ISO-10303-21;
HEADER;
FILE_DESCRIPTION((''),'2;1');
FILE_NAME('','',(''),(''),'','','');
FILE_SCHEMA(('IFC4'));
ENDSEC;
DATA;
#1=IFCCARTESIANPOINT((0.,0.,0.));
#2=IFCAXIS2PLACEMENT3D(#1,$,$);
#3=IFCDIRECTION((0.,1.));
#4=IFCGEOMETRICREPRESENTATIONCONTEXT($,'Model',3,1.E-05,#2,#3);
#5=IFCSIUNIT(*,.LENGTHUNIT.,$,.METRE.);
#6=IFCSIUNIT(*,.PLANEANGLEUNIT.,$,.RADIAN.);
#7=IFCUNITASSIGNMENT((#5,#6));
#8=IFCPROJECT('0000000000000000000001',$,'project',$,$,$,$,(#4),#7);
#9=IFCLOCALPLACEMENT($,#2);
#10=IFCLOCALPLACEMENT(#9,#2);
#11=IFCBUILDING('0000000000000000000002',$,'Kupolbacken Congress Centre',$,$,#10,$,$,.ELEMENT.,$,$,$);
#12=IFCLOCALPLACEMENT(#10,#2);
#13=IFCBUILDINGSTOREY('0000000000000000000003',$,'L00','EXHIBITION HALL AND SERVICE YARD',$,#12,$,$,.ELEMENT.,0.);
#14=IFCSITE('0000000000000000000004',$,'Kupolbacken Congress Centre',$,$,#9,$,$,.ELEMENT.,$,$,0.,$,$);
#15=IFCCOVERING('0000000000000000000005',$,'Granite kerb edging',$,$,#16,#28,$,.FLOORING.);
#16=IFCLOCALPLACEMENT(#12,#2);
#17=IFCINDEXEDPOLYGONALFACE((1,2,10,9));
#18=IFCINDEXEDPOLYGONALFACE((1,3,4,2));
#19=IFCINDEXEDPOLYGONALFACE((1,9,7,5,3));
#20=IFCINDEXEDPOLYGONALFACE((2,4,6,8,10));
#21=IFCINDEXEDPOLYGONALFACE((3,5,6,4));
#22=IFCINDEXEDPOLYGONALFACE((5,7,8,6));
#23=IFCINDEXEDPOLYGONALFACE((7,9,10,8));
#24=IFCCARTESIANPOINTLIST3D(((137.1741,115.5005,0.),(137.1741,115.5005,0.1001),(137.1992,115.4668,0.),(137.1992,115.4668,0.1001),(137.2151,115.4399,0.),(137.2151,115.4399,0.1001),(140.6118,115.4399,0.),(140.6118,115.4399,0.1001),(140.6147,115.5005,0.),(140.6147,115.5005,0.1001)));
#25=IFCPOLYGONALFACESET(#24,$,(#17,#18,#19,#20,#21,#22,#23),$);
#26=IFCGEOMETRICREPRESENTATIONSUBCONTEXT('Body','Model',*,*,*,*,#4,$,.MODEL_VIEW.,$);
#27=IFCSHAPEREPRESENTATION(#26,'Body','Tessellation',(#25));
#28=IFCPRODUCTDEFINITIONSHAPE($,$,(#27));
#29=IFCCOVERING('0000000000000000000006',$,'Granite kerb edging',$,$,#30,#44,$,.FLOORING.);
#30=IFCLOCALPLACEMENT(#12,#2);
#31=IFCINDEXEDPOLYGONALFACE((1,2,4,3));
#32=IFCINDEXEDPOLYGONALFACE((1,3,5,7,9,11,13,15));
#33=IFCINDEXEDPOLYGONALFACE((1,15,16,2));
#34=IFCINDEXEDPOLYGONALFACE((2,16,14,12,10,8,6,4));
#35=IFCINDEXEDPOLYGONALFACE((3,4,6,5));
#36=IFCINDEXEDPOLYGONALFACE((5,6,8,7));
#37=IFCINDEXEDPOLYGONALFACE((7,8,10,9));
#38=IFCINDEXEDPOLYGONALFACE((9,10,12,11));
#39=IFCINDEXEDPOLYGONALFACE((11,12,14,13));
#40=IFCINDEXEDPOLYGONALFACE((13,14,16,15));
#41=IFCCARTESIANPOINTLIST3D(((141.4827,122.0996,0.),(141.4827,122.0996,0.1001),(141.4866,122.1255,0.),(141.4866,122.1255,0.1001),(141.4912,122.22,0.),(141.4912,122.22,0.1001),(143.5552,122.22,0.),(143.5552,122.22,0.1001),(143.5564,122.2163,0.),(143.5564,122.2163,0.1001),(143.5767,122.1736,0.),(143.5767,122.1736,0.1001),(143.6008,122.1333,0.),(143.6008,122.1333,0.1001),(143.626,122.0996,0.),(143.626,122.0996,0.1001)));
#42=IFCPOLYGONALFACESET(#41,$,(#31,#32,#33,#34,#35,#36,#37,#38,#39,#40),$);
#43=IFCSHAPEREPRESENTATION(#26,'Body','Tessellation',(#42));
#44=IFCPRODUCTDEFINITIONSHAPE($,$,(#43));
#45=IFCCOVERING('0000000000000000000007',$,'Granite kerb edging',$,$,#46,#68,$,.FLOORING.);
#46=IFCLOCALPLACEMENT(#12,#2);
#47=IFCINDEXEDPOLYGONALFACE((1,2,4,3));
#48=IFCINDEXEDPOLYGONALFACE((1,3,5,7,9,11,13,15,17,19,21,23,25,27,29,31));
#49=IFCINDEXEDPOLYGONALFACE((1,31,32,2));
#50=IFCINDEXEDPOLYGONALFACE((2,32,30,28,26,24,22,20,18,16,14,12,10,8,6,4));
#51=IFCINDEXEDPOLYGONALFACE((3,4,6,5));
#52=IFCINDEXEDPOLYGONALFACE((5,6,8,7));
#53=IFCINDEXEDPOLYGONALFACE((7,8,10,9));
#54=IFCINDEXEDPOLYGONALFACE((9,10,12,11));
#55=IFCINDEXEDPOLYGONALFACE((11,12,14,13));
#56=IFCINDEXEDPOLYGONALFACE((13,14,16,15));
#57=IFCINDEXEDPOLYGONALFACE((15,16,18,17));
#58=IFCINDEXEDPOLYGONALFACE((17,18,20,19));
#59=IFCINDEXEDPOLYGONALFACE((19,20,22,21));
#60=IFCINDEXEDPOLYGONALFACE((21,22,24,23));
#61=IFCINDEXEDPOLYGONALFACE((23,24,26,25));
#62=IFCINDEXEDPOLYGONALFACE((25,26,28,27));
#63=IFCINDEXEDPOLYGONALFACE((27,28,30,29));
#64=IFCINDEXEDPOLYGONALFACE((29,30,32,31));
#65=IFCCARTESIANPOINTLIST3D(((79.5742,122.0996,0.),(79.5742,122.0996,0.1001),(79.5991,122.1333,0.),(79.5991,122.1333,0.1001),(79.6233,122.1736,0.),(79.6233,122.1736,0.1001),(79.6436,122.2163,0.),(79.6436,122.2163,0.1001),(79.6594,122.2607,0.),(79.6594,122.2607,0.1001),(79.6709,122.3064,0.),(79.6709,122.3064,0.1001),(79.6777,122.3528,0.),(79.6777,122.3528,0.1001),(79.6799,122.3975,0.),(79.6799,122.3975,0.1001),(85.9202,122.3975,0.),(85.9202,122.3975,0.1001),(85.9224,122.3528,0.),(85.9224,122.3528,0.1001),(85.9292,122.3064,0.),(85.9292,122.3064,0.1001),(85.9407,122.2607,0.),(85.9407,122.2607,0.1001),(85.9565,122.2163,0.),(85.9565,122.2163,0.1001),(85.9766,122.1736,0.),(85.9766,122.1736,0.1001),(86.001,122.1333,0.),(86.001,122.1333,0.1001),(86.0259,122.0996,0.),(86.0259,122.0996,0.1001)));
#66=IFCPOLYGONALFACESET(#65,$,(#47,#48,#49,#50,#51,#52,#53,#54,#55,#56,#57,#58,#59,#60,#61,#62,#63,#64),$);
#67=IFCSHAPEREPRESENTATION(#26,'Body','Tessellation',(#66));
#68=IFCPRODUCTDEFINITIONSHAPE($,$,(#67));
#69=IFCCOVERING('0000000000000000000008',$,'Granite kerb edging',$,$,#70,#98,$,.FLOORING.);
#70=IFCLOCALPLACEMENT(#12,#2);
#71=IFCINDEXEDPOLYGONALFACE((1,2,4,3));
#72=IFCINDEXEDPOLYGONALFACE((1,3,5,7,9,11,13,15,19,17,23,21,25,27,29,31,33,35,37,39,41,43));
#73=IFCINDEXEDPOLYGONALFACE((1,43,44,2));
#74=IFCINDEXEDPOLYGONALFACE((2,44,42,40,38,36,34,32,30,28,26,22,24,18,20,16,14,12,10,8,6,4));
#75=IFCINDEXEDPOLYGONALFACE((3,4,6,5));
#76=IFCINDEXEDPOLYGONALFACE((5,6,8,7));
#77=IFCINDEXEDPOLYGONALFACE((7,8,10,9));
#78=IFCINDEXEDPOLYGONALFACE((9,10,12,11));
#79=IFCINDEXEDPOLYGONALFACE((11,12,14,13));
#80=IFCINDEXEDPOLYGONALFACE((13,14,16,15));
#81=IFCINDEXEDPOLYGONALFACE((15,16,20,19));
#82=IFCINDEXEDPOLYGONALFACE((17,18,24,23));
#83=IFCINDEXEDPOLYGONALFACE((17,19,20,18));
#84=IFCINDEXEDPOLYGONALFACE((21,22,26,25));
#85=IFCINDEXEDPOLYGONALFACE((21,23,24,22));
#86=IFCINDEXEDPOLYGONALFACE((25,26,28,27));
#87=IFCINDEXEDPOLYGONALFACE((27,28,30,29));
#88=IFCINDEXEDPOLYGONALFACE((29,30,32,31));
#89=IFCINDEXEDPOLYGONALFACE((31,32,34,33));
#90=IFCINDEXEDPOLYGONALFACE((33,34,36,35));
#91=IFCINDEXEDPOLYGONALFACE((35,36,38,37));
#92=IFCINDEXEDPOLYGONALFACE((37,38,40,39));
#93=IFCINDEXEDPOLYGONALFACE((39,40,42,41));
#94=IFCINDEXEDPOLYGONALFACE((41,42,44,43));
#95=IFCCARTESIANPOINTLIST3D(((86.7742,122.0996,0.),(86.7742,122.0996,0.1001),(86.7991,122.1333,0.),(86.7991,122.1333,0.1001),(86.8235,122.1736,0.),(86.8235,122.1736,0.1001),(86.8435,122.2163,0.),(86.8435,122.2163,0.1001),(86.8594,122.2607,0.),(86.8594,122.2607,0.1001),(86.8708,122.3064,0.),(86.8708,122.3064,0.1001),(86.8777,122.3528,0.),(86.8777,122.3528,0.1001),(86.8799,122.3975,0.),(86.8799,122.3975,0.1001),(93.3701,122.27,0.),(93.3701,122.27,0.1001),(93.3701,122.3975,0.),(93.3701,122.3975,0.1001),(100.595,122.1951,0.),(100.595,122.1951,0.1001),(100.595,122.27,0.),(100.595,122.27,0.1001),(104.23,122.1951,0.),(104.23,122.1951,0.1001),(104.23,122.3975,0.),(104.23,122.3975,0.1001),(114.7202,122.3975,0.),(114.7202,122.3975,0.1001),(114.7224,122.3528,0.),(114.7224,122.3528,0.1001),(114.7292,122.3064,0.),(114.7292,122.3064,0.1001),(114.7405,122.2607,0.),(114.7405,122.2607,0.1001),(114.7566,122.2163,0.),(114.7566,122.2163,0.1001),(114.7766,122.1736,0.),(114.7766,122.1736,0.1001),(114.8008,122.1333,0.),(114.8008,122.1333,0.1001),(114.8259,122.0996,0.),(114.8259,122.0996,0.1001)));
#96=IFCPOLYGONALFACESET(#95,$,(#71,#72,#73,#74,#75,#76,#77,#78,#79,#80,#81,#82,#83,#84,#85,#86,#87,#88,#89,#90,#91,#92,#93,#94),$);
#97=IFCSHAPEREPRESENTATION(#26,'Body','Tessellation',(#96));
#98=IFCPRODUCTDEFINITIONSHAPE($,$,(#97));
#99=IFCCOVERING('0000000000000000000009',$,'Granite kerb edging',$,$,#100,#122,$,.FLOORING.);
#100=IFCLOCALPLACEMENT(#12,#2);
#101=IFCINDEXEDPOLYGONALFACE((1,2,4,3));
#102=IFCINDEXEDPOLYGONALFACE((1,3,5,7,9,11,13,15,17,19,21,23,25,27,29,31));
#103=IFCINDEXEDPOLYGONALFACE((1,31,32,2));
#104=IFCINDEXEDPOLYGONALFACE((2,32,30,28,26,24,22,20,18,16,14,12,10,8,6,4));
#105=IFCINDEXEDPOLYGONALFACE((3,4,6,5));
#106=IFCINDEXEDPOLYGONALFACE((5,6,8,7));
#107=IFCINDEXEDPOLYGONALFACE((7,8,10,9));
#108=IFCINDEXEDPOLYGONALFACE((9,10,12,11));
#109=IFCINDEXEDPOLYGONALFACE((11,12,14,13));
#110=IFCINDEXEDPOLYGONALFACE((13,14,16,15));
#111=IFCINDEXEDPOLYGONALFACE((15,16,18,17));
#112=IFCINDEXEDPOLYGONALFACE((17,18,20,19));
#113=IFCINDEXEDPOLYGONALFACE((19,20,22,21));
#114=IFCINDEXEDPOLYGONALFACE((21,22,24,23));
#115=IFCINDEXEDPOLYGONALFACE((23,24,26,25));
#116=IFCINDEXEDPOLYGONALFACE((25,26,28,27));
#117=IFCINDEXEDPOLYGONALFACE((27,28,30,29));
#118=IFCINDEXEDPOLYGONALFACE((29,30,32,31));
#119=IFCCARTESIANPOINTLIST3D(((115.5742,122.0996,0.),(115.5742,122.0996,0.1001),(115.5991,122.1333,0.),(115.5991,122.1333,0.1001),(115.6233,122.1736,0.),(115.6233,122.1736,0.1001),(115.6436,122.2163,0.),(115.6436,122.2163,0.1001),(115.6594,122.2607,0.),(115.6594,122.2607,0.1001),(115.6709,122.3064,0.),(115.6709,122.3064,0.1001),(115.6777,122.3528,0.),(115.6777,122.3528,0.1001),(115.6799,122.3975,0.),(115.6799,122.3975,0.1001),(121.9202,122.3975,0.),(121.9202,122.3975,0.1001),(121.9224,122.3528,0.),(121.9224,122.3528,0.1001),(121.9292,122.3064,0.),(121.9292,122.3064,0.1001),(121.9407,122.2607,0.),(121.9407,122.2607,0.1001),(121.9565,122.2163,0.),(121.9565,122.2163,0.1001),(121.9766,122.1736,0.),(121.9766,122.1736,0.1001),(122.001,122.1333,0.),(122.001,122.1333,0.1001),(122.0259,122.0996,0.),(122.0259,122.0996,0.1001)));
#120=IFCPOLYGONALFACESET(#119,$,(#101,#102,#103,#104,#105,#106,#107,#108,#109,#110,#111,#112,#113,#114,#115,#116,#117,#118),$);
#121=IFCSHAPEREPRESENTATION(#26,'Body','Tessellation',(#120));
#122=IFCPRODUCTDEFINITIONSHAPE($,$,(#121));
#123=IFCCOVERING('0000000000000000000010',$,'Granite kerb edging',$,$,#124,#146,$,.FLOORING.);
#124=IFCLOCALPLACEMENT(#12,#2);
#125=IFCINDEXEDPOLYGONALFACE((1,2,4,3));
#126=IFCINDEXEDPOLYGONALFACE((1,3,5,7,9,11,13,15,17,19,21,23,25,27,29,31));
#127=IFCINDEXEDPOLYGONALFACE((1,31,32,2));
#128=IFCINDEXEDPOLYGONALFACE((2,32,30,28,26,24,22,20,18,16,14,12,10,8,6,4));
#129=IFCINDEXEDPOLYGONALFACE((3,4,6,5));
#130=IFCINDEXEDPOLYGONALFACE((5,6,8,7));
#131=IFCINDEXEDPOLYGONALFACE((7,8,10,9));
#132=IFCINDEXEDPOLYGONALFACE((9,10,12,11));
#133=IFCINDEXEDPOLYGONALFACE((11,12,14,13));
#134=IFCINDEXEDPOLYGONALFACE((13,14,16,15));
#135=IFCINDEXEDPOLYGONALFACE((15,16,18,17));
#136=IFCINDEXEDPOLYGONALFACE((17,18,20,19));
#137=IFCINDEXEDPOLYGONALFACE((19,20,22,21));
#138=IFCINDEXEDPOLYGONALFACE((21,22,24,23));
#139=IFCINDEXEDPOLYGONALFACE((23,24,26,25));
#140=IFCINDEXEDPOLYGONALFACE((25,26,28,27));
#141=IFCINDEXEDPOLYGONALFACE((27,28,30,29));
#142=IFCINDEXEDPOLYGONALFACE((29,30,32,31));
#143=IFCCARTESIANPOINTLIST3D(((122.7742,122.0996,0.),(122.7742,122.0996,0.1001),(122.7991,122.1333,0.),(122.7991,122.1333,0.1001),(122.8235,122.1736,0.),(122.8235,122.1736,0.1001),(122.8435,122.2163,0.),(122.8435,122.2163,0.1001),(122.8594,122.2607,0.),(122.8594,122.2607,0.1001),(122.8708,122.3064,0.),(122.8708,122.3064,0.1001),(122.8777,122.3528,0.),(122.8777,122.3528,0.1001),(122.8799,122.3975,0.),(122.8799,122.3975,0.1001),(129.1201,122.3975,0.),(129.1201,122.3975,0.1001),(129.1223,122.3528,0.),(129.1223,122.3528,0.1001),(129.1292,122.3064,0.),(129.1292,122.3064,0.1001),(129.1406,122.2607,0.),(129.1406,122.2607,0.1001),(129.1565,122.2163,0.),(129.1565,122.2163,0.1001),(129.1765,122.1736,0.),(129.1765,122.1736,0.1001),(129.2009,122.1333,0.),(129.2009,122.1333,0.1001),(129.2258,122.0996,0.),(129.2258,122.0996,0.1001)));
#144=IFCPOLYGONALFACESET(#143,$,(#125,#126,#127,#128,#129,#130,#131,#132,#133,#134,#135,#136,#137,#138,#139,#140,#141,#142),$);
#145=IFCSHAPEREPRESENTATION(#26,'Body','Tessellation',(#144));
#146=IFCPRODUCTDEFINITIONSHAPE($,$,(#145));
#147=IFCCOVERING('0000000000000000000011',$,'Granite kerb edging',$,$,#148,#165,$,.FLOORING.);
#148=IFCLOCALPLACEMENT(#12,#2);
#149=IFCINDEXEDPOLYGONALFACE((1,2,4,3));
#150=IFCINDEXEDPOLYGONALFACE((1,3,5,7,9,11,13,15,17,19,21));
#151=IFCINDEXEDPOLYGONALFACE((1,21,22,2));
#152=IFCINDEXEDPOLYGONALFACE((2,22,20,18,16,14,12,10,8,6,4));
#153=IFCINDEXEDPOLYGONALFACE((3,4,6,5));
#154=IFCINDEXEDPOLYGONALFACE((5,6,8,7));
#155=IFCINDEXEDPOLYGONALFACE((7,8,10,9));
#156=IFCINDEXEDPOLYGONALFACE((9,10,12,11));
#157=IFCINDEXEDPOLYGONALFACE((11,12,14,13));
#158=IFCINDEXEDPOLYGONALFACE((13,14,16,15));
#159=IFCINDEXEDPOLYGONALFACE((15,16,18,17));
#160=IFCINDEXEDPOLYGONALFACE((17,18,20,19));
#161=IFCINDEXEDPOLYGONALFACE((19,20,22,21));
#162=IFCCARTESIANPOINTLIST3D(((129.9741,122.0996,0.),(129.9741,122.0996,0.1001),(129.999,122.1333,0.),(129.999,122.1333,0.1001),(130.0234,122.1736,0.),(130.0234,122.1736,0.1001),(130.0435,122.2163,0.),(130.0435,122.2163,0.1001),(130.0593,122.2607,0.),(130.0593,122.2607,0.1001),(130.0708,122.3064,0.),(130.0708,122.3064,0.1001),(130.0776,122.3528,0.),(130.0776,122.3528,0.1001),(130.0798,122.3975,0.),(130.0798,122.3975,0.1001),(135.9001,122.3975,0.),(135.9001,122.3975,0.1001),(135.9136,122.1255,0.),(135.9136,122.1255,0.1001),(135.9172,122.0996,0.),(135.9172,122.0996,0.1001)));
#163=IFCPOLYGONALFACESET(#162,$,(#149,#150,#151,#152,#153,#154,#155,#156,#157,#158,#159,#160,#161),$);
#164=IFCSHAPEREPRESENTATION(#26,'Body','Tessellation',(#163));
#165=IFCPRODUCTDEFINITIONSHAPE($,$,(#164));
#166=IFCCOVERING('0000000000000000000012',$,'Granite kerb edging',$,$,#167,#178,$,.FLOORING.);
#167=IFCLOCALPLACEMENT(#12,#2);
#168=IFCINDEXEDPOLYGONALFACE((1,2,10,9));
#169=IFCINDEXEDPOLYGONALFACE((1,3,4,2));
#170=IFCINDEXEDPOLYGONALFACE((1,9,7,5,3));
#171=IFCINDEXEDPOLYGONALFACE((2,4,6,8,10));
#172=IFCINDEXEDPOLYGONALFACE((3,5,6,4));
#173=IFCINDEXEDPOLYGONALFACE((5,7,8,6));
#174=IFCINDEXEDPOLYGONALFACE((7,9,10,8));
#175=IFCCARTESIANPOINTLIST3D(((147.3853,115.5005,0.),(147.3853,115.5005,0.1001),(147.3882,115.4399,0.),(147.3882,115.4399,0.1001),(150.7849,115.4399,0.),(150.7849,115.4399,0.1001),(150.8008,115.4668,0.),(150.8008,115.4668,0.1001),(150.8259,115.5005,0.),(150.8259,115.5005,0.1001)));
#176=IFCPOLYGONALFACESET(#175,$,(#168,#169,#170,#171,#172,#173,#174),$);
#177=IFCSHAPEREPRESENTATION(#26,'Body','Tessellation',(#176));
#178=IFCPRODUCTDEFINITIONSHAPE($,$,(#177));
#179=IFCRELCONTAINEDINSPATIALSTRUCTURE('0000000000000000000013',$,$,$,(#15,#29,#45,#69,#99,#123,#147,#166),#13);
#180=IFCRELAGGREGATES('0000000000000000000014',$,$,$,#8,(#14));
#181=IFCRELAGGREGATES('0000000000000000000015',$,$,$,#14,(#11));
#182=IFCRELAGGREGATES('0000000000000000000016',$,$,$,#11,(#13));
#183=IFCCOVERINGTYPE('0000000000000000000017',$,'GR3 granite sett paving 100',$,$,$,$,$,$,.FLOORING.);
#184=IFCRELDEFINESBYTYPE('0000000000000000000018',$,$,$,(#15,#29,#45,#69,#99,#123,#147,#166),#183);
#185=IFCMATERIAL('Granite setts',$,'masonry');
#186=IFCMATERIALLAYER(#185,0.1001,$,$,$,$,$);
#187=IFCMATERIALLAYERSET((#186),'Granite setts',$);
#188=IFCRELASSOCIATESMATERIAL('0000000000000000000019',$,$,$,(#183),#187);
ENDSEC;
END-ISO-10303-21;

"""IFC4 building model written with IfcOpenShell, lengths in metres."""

from ifc_helpers import new_model, si_unit, direction, origin, place, context, subcontext, project, spatial, polyline, outline, extrude, material, layer, layer_set, type_object, element, save


model = new_model("IFC4")

# Units and contexts
model_context = context("Model", 3, precision=1e-05, world=origin(), true_north=direction((0.0, 1.0)))
body_context = subcontext(model_context, "Body", "Model", "MODEL_VIEW")
ifc_project = project(units=[si_unit("LENGTHUNIT", "METRE"), si_unit("PLANEANGLEUNIT", "RADIAN")], contexts=[model_context])

# Site, building, storey
site_placement = place(None, origin())
site = spatial("IfcSite", under=ifc_project, at=site_placement, Name="Kupolbacken Congress Centre", CompositionType="ELEMENT", RefElevation=0.0)
building_placement = place(site_placement, origin())
building = spatial("IfcBuilding", under=site, at=building_placement, Name="Kupolbacken Congress Centre", CompositionType="ELEMENT")
storey_placement = place(building_placement, origin())
storey = spatial("IfcBuildingStorey", under=building, at=storey_placement, Name="L00", Description="EXHIBITION HALL AND SERVICE YARD", CompositionType="ELEMENT", Elevation=0.0)

# Coverings
ifc_material_1 = material(Name="Granite setts", Category="masonry")
ifc_layer_1 = layer(ifc_material_1, 0.1001)
ifc_layer_set_1 = layer_set([ifc_layer_1], Name="Granite setts")
covering_type_1 = type_object("IfcCoveringType", Name="GR3 granite sett paving 100", PredefinedType="FLOORING", material=ifc_layer_set_1)
covering_1_placement = place(storey_placement, origin())
element("IfcCovering", 1, at=covering_1_placement, inside=storey, type_object=covering_type_1, Name="Granite kerb edging", PredefinedType="FLOORING", context=body_context, shape_type="SweptSolid", body=[
    extrude(outline(polyline([(137.2151, 115.4399), (137.1992, 115.4668), (137.1741, 115.5005), (140.6147, 115.5005), (140.6118, 115.4399), (137.2151, 115.4399)])), origin(), (0.0, 0.0, 1.0), 0.1001),
])
covering_2_placement = place(storey_placement, origin())
element("IfcCovering", 2, at=covering_2_placement, inside=storey, type_object=covering_type_1, Name="Granite kerb edging", PredefinedType="FLOORING", context=body_context, shape_type="SweptSolid", body=[
    extrude(outline(polyline([(141.4866, 122.1255), (141.4912, 122.22), (143.5552, 122.22), (143.5564, 122.2163), (143.5767, 122.1736), (143.6008, 122.1333), (143.626, 122.0996), (141.4827, 122.0996), (141.4866, 122.1255)])), origin(), (0.0, 0.0, 1.0), 0.1001),
])
covering_3_placement = place(storey_placement, origin())
element("IfcCovering", 3, at=covering_3_placement, inside=storey, type_object=covering_type_1, Name="Granite kerb edging", PredefinedType="FLOORING", context=body_context, shape_type="SweptSolid", body=[
    extrude(outline(polyline([(79.5742, 122.0996), (79.5991, 122.1333), (79.6233, 122.1736), (79.6436, 122.2163), (79.6594, 122.2607), (79.6709, 122.3064), (79.6777, 122.3528), (79.6799, 122.3975), (85.9202, 122.3975), (85.9224, 122.3528), (85.9292, 122.3064), (85.9407, 122.2607), (85.9565, 122.2163), (85.9766, 122.1736), (86.001, 122.1333), (86.0259, 122.0996), (79.5742, 122.0996)])), origin(), (0.0, 0.0, 1.0), 0.1001),
])
covering_4_placement = place(storey_placement, origin())
element("IfcCovering", 4, at=covering_4_placement, inside=storey, type_object=covering_type_1, Name="Granite kerb edging", PredefinedType="FLOORING", context=body_context, shape_type="SweptSolid", body=[
    extrude(outline(polyline([(93.3701, 122.3975), (93.3701, 122.27), (100.595, 122.27), (100.595, 122.1951), (104.23, 122.1951), (104.23, 122.3975), (114.7202, 122.3975), (114.7224, 122.3528), (114.7292, 122.3064), (114.7405, 122.2607), (114.7566, 122.2163), (114.7766, 122.1736), (114.8008, 122.1333), (114.8259, 122.0996), (86.7742, 122.0996), (86.7991, 122.1333), (86.8235, 122.1736), (86.8435, 122.2163), (86.8594, 122.2607), (86.8708, 122.3064), (86.8777, 122.3528), (86.8799, 122.3975), (93.3701, 122.3975)])), origin(), (0.0, 0.0, 1.0), 0.1001),
])
covering_5_placement = place(storey_placement, origin())
element("IfcCovering", 5, at=covering_5_placement, inside=storey, type_object=covering_type_1, Name="Granite kerb edging", PredefinedType="FLOORING", context=body_context, shape_type="SweptSolid", body=[
    extrude(outline(polyline([(121.9202, 122.3975), (121.9224, 122.3528), (121.9292, 122.3064), (121.9407, 122.2607), (121.9565, 122.2163), (121.9766, 122.1736), (122.001, 122.1333), (122.0259, 122.0996), (115.5742, 122.0996), (115.5991, 122.1333), (115.6233, 122.1736), (115.6436, 122.2163), (115.6594, 122.2607), (115.6709, 122.3064), (115.6777, 122.3528), (115.6799, 122.3975), (121.9202, 122.3975)])), origin(), (0.0, 0.0, 1.0), 0.1001),
])
covering_6_placement = place(storey_placement, origin())
element("IfcCovering", 6, at=covering_6_placement, inside=storey, type_object=covering_type_1, Name="Granite kerb edging", PredefinedType="FLOORING", context=body_context, shape_type="SweptSolid", body=[
    extrude(outline(polyline([(129.1201, 122.3975), (129.1223, 122.3528), (129.1292, 122.3064), (129.1406, 122.2607), (129.1565, 122.2163), (129.1765, 122.1736), (129.2009, 122.1333), (129.2258, 122.0996), (122.7742, 122.0996), (122.7991, 122.1333), (122.8235, 122.1736), (122.8435, 122.2163), (122.8594, 122.2607), (122.8708, 122.3064), (122.8777, 122.3528), (122.8799, 122.3975), (129.1201, 122.3975)])), origin(), (0.0, 0.0, 1.0), 0.1001),
])
covering_7_placement = place(storey_placement, origin())
element("IfcCovering", 7, at=covering_7_placement, inside=storey, type_object=covering_type_1, Name="Granite kerb edging", PredefinedType="FLOORING", context=body_context, shape_type="SweptSolid", body=[
    extrude(outline(polyline([(135.9001, 122.3975), (135.9136, 122.1255), (135.9172, 122.0996), (129.9741, 122.0996), (129.999, 122.1333), (130.0234, 122.1736), (130.0435, 122.2163), (130.0593, 122.2607), (130.0708, 122.3064), (130.0776, 122.3528), (130.0798, 122.3975), (135.9001, 122.3975)])), origin(), (0.0, 0.0, 1.0), 0.1001),
])
covering_8_placement = place(storey_placement, origin())
element("IfcCovering", 8, at=covering_8_placement, inside=storey, type_object=covering_type_1, Name="Granite kerb edging", PredefinedType="FLOORING", context=body_context, shape_type="SweptSolid", body=[
    extrude(outline(polyline([(150.7849, 115.4399), (147.3882, 115.4399), (147.3853, 115.5005), (150.8259, 115.5005), (150.8008, 115.4668), (150.7849, 115.4399)])), origin(), (0.0, 0.0, 1.0), 0.1001),
])

save(model, "model.ifc")
